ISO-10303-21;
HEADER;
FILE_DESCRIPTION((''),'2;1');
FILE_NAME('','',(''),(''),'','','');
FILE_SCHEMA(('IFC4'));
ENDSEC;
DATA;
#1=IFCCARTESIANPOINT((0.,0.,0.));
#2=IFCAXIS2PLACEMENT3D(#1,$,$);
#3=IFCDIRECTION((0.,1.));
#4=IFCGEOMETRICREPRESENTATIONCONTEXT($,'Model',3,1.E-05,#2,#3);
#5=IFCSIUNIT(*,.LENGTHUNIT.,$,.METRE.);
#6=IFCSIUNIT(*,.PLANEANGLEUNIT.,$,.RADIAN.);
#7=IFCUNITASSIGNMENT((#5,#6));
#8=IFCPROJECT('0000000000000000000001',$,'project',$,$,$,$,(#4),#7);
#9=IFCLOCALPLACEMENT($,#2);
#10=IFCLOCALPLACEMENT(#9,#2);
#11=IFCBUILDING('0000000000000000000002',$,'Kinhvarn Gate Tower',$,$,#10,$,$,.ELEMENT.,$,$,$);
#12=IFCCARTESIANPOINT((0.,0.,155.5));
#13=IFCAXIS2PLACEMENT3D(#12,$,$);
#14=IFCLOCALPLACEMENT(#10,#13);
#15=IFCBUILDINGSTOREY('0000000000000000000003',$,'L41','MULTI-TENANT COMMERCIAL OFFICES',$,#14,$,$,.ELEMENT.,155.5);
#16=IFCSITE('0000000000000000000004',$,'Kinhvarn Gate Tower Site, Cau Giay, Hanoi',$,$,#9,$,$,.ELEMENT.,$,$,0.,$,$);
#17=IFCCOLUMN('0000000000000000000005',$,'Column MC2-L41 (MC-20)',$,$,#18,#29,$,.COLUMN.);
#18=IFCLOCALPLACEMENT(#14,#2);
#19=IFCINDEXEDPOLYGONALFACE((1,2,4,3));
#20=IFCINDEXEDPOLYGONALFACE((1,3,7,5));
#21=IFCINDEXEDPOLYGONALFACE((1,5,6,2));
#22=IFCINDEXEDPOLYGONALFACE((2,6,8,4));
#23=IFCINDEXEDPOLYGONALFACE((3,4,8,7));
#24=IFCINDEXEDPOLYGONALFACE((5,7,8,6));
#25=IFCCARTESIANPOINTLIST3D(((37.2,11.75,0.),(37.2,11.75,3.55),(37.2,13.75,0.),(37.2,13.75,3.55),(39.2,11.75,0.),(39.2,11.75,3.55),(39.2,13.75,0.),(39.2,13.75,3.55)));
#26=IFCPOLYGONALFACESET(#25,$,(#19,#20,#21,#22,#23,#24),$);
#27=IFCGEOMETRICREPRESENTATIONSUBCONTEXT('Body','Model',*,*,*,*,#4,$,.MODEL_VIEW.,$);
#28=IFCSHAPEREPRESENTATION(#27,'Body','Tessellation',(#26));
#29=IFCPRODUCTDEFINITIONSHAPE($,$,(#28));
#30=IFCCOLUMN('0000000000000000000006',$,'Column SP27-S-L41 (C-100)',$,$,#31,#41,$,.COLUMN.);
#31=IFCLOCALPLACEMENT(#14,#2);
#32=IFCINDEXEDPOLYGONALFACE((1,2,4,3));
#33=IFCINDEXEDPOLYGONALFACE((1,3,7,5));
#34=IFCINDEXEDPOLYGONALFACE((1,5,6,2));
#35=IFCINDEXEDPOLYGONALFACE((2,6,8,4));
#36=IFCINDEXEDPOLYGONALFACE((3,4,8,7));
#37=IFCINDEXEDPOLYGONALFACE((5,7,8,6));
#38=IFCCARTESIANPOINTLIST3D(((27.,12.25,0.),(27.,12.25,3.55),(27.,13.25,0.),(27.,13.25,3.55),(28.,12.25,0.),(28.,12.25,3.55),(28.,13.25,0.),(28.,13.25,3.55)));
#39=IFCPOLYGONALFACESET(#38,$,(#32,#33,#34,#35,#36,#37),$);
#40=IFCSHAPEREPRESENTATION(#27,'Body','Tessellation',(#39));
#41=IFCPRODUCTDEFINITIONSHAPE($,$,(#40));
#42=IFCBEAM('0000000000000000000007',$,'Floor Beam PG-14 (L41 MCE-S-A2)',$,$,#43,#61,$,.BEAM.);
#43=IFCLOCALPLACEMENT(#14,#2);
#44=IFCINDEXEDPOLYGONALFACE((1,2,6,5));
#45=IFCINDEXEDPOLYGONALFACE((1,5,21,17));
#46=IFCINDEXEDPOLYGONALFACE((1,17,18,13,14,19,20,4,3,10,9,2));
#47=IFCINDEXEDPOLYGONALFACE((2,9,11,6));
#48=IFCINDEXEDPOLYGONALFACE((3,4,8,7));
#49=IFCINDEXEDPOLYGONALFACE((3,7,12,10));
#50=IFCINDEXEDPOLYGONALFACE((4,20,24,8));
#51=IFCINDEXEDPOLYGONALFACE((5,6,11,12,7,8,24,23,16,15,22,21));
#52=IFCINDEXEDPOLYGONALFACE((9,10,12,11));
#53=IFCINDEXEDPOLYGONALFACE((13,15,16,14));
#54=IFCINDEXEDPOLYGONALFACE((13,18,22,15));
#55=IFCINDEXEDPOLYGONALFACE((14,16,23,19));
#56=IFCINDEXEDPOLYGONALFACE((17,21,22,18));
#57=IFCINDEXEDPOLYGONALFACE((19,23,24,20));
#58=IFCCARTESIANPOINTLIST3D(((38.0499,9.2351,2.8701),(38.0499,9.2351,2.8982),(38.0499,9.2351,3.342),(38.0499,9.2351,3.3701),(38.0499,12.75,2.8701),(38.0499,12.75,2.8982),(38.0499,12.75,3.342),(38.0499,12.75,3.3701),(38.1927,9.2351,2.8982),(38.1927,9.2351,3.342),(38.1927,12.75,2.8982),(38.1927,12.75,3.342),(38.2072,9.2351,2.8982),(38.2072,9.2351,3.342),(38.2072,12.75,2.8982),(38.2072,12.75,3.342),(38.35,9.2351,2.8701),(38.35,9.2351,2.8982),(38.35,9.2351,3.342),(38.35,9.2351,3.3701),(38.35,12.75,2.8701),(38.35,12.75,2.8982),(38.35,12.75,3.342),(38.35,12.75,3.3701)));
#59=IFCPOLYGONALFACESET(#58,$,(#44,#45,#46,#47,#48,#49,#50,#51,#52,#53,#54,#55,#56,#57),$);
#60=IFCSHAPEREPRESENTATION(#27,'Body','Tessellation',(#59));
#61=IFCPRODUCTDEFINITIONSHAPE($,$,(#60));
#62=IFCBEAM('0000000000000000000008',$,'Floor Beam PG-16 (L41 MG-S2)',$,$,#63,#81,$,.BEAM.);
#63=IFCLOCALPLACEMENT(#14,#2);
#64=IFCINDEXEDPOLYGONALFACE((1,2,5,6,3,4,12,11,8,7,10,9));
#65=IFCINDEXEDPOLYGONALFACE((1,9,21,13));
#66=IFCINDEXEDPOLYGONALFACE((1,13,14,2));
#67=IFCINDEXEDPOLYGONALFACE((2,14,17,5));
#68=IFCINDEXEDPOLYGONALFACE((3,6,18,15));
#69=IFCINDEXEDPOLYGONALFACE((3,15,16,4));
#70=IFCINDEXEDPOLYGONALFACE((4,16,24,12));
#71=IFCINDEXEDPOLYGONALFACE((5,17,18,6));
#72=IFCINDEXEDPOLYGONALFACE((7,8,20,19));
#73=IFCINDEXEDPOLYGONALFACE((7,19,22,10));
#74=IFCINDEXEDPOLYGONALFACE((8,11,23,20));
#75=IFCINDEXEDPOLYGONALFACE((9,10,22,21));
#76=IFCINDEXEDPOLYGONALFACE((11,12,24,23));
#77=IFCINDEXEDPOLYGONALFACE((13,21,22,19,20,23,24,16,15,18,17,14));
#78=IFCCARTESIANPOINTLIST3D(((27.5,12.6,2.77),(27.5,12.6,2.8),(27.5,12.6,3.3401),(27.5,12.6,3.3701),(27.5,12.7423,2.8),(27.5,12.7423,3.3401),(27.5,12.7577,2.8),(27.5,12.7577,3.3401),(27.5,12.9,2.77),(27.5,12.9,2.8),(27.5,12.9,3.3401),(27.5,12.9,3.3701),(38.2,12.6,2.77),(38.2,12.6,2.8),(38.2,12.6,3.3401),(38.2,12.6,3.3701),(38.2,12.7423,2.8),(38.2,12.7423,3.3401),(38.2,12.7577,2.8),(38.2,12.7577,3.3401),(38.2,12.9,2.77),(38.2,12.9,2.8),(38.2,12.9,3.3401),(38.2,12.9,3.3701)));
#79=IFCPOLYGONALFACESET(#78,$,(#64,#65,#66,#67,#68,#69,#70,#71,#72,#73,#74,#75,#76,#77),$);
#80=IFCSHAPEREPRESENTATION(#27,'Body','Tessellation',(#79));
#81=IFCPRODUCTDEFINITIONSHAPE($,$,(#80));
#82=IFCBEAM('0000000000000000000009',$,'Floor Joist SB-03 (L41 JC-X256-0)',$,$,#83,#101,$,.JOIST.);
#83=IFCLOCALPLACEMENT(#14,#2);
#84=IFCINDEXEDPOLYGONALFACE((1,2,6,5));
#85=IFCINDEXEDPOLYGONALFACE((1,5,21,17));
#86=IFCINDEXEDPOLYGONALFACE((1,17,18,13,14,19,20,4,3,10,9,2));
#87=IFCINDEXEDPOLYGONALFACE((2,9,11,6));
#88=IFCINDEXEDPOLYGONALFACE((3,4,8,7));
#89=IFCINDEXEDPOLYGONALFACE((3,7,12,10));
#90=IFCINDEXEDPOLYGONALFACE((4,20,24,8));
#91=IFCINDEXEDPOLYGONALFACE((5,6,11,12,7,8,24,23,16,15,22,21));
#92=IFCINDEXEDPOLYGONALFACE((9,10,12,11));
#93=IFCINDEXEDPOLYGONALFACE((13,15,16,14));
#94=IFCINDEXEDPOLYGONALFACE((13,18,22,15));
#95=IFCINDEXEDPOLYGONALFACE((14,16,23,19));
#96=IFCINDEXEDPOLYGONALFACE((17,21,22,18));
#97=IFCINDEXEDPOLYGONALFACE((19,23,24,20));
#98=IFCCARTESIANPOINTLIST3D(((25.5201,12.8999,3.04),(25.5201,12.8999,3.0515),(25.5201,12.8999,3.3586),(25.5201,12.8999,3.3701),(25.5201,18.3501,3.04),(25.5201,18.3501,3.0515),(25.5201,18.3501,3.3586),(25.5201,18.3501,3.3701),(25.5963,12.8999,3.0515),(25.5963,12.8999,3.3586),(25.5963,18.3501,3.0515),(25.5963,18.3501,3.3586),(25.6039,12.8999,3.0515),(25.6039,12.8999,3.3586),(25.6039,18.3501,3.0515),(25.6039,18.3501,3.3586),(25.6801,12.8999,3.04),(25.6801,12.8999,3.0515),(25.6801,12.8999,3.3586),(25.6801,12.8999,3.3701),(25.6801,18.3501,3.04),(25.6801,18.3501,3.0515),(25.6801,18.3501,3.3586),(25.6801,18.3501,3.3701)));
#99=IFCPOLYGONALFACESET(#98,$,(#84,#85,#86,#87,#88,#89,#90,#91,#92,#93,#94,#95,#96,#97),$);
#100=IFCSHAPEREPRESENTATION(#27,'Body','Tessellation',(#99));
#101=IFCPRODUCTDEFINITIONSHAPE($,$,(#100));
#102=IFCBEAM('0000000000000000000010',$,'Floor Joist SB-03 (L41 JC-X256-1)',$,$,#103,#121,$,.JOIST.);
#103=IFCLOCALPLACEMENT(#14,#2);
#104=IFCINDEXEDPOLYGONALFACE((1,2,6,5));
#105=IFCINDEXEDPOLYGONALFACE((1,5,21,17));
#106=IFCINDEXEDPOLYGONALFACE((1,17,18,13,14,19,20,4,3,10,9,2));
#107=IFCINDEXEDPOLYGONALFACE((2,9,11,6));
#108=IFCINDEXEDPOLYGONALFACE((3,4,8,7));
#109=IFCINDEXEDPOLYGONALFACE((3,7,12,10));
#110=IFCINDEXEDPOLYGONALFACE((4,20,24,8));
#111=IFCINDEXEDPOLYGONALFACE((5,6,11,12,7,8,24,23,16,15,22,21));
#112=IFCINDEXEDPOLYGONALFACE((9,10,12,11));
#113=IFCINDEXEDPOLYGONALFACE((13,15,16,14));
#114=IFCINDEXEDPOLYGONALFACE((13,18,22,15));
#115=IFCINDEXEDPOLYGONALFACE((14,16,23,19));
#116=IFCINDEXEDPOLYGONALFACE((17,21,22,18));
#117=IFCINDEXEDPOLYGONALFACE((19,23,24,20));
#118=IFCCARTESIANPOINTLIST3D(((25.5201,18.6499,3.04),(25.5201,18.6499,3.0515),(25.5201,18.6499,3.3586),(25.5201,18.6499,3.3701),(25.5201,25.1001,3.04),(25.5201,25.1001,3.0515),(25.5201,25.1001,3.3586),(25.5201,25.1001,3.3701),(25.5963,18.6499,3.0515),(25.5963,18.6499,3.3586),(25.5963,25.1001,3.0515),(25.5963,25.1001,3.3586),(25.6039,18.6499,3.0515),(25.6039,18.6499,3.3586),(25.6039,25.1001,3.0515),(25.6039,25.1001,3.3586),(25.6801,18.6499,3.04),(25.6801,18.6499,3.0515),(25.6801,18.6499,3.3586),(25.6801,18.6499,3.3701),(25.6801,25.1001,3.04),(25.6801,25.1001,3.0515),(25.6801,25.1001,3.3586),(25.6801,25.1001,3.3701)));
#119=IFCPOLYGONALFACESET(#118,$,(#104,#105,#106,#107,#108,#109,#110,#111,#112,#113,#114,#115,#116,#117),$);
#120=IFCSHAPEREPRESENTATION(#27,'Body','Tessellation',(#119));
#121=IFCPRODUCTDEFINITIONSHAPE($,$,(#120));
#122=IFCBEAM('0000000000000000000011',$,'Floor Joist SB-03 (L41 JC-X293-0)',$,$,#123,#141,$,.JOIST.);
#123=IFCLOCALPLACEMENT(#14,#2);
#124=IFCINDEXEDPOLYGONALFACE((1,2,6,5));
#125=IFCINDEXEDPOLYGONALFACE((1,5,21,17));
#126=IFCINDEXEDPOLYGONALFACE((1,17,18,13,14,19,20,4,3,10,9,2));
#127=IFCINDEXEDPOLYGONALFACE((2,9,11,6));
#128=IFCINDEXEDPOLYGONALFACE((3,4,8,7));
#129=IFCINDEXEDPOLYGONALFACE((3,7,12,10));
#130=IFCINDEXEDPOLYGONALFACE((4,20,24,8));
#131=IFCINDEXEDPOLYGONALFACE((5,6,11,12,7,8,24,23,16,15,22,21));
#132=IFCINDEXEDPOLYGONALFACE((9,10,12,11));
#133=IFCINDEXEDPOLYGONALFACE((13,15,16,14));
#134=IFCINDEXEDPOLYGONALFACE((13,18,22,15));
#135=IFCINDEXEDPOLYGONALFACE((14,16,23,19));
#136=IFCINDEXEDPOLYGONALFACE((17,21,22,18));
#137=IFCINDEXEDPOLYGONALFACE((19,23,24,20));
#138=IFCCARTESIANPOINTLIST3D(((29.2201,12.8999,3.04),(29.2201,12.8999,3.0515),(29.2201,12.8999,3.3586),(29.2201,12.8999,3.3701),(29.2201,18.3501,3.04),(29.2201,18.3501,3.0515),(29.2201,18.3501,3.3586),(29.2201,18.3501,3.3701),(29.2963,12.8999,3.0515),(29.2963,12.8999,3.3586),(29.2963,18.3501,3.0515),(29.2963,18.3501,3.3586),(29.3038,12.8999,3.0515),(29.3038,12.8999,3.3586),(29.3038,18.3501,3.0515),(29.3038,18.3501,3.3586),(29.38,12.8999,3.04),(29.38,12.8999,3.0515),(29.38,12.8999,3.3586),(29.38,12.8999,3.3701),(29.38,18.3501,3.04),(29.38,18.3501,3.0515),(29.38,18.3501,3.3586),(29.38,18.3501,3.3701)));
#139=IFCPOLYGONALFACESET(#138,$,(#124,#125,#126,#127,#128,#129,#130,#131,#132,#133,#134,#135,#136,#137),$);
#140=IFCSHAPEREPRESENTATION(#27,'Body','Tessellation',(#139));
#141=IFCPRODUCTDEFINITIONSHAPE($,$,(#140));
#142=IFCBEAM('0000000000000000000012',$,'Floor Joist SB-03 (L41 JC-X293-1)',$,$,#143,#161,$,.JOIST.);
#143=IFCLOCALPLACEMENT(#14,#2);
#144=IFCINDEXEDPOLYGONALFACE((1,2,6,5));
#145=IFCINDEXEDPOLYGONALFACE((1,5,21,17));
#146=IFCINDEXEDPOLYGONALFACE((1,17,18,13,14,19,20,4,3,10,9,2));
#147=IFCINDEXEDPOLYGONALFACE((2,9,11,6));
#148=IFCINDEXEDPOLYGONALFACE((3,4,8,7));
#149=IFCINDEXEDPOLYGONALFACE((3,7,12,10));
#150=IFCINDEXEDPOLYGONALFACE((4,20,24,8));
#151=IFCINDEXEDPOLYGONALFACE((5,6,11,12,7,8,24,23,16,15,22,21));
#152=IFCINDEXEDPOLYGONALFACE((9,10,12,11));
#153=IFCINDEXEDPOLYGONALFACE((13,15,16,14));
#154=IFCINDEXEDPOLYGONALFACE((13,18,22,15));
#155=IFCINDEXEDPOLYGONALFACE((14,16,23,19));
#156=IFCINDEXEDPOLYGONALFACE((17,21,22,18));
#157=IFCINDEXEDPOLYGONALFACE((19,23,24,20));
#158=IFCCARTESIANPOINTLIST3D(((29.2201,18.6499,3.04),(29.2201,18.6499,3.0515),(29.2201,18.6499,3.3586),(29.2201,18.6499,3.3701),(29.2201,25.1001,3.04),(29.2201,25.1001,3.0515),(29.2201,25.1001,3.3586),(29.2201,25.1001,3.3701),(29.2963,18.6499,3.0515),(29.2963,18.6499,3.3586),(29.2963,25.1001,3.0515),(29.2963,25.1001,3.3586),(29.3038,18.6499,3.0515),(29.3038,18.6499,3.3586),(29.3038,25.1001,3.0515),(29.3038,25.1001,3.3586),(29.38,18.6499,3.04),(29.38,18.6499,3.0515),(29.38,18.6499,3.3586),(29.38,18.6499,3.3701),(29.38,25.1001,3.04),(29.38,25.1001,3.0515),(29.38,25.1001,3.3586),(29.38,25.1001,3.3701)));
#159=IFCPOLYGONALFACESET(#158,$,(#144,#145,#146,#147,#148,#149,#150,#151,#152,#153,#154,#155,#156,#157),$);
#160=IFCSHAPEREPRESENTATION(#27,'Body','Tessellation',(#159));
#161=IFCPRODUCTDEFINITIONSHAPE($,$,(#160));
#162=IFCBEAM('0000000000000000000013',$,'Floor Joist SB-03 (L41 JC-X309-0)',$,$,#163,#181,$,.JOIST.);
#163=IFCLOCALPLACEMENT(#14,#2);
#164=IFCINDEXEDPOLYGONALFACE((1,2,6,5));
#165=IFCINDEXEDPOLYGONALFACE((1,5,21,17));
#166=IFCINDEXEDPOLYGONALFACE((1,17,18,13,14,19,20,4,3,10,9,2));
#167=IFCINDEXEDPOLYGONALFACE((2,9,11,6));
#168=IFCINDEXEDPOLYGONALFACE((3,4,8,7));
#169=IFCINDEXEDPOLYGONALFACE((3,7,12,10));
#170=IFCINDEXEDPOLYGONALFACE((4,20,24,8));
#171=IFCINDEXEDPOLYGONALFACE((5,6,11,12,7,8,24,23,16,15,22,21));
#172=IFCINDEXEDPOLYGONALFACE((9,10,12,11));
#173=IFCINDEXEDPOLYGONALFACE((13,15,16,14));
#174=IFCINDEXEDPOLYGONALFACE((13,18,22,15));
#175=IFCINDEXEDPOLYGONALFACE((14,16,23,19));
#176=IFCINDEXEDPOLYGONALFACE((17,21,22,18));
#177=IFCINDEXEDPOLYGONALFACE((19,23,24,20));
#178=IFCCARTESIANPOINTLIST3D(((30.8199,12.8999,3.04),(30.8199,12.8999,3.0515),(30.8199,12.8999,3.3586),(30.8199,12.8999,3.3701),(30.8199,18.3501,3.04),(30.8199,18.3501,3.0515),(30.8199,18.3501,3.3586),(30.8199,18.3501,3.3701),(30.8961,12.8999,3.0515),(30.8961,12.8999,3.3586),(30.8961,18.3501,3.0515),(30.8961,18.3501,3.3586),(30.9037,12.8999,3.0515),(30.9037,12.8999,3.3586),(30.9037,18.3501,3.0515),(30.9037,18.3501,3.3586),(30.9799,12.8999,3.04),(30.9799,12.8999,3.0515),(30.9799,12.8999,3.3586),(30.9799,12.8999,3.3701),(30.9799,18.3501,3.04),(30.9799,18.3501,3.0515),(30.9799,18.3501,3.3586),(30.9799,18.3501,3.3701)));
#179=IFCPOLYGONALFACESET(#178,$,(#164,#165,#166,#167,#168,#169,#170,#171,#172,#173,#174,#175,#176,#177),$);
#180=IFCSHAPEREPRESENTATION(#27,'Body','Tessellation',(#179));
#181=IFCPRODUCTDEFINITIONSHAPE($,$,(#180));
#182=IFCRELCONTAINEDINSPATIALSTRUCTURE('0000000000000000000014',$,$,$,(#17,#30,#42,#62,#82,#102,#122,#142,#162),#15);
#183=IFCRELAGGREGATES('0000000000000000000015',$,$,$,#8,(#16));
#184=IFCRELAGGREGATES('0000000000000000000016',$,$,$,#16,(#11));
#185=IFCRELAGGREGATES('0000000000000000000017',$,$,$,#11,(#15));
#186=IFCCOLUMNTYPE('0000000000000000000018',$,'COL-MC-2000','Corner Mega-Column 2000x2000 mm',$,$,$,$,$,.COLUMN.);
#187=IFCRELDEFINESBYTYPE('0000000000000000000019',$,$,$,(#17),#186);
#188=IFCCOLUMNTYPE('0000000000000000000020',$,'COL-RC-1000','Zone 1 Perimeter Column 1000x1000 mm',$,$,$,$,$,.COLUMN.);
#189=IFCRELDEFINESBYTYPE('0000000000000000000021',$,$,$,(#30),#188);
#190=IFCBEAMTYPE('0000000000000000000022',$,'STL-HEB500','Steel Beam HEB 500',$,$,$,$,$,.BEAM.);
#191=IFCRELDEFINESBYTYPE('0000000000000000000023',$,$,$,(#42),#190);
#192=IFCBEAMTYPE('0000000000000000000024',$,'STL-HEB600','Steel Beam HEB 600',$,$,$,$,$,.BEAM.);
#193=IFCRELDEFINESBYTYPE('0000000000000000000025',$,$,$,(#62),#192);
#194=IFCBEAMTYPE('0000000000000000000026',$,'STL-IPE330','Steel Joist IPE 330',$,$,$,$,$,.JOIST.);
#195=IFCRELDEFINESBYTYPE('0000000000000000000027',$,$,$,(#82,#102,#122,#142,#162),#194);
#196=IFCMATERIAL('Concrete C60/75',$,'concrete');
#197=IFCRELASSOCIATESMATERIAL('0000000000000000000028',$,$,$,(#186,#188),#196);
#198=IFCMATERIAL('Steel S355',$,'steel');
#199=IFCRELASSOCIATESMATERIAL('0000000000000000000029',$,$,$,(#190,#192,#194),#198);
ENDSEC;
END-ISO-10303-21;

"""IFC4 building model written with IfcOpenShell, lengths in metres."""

from ifc_helpers import new_model, si_unit, direction, frame, origin, origin_2d, place, context, subcontext, project, spatial, rectangle, i_section, extrude, material, material_profile, profile_set, type_object, element, save


model = new_model("IFC4")

# Units and contexts
model_context = context("Model", 3, precision=1e-05, world=origin(), true_north=direction((0.0, 1.0)))
body_context = subcontext(model_context, "Body", "Model", "MODEL_VIEW")
ifc_project = project(units=[si_unit("LENGTHUNIT", "METRE"), si_unit("PLANEANGLEUNIT", "RADIAN")], contexts=[model_context])

# Site, building, storey
site_placement = place(None, origin())
site = spatial("IfcSite", under=ifc_project, at=site_placement, Name="Kinhvarn Gate Tower Site, Cau Giay, Hanoi", CompositionType="ELEMENT", RefElevation=0.0)
building_placement = place(site_placement, origin())
building = spatial("IfcBuilding", under=site, at=building_placement, Name="Kinhvarn Gate Tower", CompositionType="ELEMENT")
storey_placement = place(building_placement, frame((0.0, 0.0, 155.5)))
storey = spatial("IfcBuildingStorey", under=building, at=storey_placement, Name="L41", Description="MULTI-TENANT COMMERCIAL OFFICES", CompositionType="ELEMENT", Elevation=155.5)

# Columns
ifc_material_1 = material(Name="Concrete C60/75", Category="concrete")
ifc_material_profile_1 = material_profile(ifc_material_1, rectangle(XDim=2.0, YDim=2.0, at=origin_2d()), Name="RC 2000x2000")
ifc_profile_set_1 = profile_set([ifc_material_profile_1], Name="Concrete C60/75")
column_type_1 = type_object("IfcColumnType", Name="COL-MC-2000", Description="Corner Mega-Column 2000x2000 mm", PredefinedType="COLUMN", material=ifc_profile_set_1)
column_1_placement = place(storey_placement, frame((38.2, 12.75, 0.0), z_axis=(0.0, 0.0, 1.0), x_axis=(1.0, 0.0, 0.0)))
element("IfcColumn", 1, at=column_1_placement, inside=storey, type_object=column_type_1, Name="Column MC2-L41 (MC-20)", PredefinedType="COLUMN", context=body_context, shape_type="SweptSolid", body=[
    extrude(rectangle(XDim=2.0, YDim=2.0, at=origin_2d()), origin(), (0.0, 0.0, 1.0), 3.55),
])
ifc_material_profile_2 = material_profile(ifc_material_1, rectangle(XDim=1.0, YDim=1.0, at=origin_2d()), Name="RC 1000x1000")
ifc_profile_set_2 = profile_set([ifc_material_profile_2], Name="Concrete C60/75")
column_type_2 = type_object("IfcColumnType", Name="COL-RC-1000", Description="Zone 1 Perimeter Column 1000x1000 mm", PredefinedType="COLUMN", material=ifc_profile_set_2)
column_2_placement = place(storey_placement, frame((27.5, 12.75, 0.0), z_axis=(0.0, 0.0, 1.0), x_axis=(1.0, 0.0, 0.0)))
element("IfcColumn", 2, at=column_2_placement, inside=storey, type_object=column_type_2, Name="Column SP27-S-L41 (C-100)", PredefinedType="COLUMN", context=body_context, shape_type="SweptSolid", body=[
    extrude(rectangle(XDim=1.0, YDim=1.0, at=origin_2d()), origin(), (0.0, 0.0, 1.0), 3.55),
])

# Beams
ifc_material_2 = material(Name="Steel S355", Category="steel")
ifc_material_profile_3 = material_profile(ifc_material_2, i_section(OverallWidth=0.3, OverallDepth=0.5, WebThickness=0.0144, FlangeThickness=0.0281, at=origin_2d()), Name="HEB 500")
ifc_profile_set_3 = profile_set([ifc_material_profile_3], Name="Steel S355")
beam_type_1 = type_object("IfcBeamType", Name="STL-HEB500", Description="Steel Beam HEB 500", PredefinedType="BEAM", material=ifc_profile_set_3)
beam_1_placement = place(storey_placement, frame((38.2, 9.2351, 3.1201), z_axis=(0.0, 1.0, 0.0), x_axis=(-1.0, 0.0, 0.0)))
element("IfcBeam", 3, at=beam_1_placement, inside=storey, type_object=beam_type_1, Name="Floor Beam PG-14 (L41 MCE-S-A2)", PredefinedType="BEAM", context=body_context, shape_type="SweptSolid", body=[
    extrude(i_section(OverallWidth=0.3, OverallDepth=0.5, WebThickness=0.0144, FlangeThickness=0.0281, at=origin_2d()), origin(), (0.0, 0.0, 1.0), 3.5149),
])
ifc_material_profile_4 = material_profile(ifc_material_2, i_section(OverallWidth=0.3, OverallDepth=0.6001, WebThickness=0.0154, FlangeThickness=0.03, at=origin_2d()), Name="HEB 600")
ifc_profile_set_4 = profile_set([ifc_material_profile_4], Name="Steel S355")
beam_type_2 = type_object("IfcBeamType", Name="STL-HEB600", Description="Steel Beam HEB 600", PredefinedType="BEAM", material=ifc_profile_set_4)
beam_2_placement = place(storey_placement, frame((27.5, 12.75, 3.0701), z_axis=(1.0, 0.0, 0.0), x_axis=(0.0, 1.0, 0.0)))
element("IfcBeam", 4, at=beam_2_placement, inside=storey, type_object=beam_type_2, Name="Floor Beam PG-16 (L41 MG-S2)", PredefinedType="BEAM", context=body_context, shape_type="SweptSolid", body=[
    extrude(i_section(OverallWidth=0.3, OverallDepth=0.6001, WebThickness=0.0154, FlangeThickness=0.03, at=origin_2d()), origin(), (0.0, 0.0, 1.0), 10.7),
])
ifc_material_profile_5 = material_profile(ifc_material_2, i_section(OverallWidth=0.1599, OverallDepth=0.3301, WebThickness=0.0076, FlangeThickness=0.0115, at=origin_2d()), Name="IPE 330")
ifc_profile_set_5 = profile_set([ifc_material_profile_5], Name="Steel S355")
beam_type_3 = type_object("IfcBeamType", Name="STL-IPE330", Description="Steel Joist IPE 330", PredefinedType="JOIST", material=ifc_profile_set_5)
beam_3_placement = place(storey_placement, frame((25.6001, 12.8999, 3.2051), z_axis=(0.0, 1.0, 0.0), x_axis=(-1.0, 0.0, 0.0)))
element("IfcBeam", 5, at=beam_3_placement, inside=storey, type_object=beam_type_3, Name="Floor Joist SB-03 (L41 JC-X256-0)", PredefinedType="JOIST", context=body_context, shape_type="SweptSolid", body=[
    extrude(i_section(OverallWidth=0.1599, OverallDepth=0.3301, WebThickness=0.0076, FlangeThickness=0.0115, at=origin_2d()), origin(), (0.0, 0.0, 1.0), 5.4502),
])
beam_4_placement = place(storey_placement, frame((25.6001, 18.6499, 3.2051), z_axis=(0.0, 1.0, 0.0), x_axis=(-1.0, 0.0, 0.0)))
element("IfcBeam", 6, at=beam_4_placement, inside=storey, type_object=beam_type_3, Name="Floor Joist SB-03 (L41 JC-X256-1)", PredefinedType="JOIST", context=body_context, shape_type="SweptSolid", body=[
    extrude(i_section(OverallWidth=0.1599, OverallDepth=0.3301, WebThickness=0.0076, FlangeThickness=0.0115, at=origin_2d()), origin(), (0.0, 0.0, 1.0), 6.4502),
])
beam_5_placement = place(storey_placement, frame((29.3, 12.8999, 3.2051), z_axis=(0.0, 1.0, 0.0), x_axis=(-1.0, 0.0, 0.0)))
element("IfcBeam", 7, at=beam_5_placement, inside=storey, type_object=beam_type_3, Name="Floor Joist SB-03 (L41 JC-X293-0)", PredefinedType="JOIST", context=body_context, shape_type="SweptSolid", body=[
    extrude(i_section(OverallWidth=0.1599, OverallDepth=0.3301, WebThickness=0.0076, FlangeThickness=0.0115, at=origin_2d()), origin(), (0.0, 0.0, 1.0), 5.4502),
])
beam_6_placement = place(storey_placement, frame((29.3, 18.6499, 3.2051), z_axis=(0.0, 1.0, 0.0), x_axis=(-1.0, 0.0, 0.0)))
element("IfcBeam", 8, at=beam_6_placement, inside=storey, type_object=beam_type_3, Name="Floor Joist SB-03 (L41 JC-X293-1)", PredefinedType="JOIST", context=body_context, shape_type="SweptSolid", body=[
    extrude(i_section(OverallWidth=0.1599, OverallDepth=0.3301, WebThickness=0.0076, FlangeThickness=0.0115, at=origin_2d()), origin(), (0.0, 0.0, 1.0), 6.4502),
])
beam_7_placement = place(storey_placement, frame((30.8999, 12.8999, 3.2051), z_axis=(0.0, 1.0, 0.0), x_axis=(-1.0, 0.0, 0.0)))
element("IfcBeam", 9, at=beam_7_placement, inside=storey, type_object=beam_type_3, Name="Floor Joist SB-03 (L41 JC-X309-0)", PredefinedType="JOIST", context=body_context, shape_type="SweptSolid", body=[
    extrude(i_section(OverallWidth=0.1599, OverallDepth=0.3301, WebThickness=0.0076, FlangeThickness=0.0115, at=origin_2d()), origin(), (0.0, 0.0, 1.0), 5.4502),
])

save(model, "model.ifc")
